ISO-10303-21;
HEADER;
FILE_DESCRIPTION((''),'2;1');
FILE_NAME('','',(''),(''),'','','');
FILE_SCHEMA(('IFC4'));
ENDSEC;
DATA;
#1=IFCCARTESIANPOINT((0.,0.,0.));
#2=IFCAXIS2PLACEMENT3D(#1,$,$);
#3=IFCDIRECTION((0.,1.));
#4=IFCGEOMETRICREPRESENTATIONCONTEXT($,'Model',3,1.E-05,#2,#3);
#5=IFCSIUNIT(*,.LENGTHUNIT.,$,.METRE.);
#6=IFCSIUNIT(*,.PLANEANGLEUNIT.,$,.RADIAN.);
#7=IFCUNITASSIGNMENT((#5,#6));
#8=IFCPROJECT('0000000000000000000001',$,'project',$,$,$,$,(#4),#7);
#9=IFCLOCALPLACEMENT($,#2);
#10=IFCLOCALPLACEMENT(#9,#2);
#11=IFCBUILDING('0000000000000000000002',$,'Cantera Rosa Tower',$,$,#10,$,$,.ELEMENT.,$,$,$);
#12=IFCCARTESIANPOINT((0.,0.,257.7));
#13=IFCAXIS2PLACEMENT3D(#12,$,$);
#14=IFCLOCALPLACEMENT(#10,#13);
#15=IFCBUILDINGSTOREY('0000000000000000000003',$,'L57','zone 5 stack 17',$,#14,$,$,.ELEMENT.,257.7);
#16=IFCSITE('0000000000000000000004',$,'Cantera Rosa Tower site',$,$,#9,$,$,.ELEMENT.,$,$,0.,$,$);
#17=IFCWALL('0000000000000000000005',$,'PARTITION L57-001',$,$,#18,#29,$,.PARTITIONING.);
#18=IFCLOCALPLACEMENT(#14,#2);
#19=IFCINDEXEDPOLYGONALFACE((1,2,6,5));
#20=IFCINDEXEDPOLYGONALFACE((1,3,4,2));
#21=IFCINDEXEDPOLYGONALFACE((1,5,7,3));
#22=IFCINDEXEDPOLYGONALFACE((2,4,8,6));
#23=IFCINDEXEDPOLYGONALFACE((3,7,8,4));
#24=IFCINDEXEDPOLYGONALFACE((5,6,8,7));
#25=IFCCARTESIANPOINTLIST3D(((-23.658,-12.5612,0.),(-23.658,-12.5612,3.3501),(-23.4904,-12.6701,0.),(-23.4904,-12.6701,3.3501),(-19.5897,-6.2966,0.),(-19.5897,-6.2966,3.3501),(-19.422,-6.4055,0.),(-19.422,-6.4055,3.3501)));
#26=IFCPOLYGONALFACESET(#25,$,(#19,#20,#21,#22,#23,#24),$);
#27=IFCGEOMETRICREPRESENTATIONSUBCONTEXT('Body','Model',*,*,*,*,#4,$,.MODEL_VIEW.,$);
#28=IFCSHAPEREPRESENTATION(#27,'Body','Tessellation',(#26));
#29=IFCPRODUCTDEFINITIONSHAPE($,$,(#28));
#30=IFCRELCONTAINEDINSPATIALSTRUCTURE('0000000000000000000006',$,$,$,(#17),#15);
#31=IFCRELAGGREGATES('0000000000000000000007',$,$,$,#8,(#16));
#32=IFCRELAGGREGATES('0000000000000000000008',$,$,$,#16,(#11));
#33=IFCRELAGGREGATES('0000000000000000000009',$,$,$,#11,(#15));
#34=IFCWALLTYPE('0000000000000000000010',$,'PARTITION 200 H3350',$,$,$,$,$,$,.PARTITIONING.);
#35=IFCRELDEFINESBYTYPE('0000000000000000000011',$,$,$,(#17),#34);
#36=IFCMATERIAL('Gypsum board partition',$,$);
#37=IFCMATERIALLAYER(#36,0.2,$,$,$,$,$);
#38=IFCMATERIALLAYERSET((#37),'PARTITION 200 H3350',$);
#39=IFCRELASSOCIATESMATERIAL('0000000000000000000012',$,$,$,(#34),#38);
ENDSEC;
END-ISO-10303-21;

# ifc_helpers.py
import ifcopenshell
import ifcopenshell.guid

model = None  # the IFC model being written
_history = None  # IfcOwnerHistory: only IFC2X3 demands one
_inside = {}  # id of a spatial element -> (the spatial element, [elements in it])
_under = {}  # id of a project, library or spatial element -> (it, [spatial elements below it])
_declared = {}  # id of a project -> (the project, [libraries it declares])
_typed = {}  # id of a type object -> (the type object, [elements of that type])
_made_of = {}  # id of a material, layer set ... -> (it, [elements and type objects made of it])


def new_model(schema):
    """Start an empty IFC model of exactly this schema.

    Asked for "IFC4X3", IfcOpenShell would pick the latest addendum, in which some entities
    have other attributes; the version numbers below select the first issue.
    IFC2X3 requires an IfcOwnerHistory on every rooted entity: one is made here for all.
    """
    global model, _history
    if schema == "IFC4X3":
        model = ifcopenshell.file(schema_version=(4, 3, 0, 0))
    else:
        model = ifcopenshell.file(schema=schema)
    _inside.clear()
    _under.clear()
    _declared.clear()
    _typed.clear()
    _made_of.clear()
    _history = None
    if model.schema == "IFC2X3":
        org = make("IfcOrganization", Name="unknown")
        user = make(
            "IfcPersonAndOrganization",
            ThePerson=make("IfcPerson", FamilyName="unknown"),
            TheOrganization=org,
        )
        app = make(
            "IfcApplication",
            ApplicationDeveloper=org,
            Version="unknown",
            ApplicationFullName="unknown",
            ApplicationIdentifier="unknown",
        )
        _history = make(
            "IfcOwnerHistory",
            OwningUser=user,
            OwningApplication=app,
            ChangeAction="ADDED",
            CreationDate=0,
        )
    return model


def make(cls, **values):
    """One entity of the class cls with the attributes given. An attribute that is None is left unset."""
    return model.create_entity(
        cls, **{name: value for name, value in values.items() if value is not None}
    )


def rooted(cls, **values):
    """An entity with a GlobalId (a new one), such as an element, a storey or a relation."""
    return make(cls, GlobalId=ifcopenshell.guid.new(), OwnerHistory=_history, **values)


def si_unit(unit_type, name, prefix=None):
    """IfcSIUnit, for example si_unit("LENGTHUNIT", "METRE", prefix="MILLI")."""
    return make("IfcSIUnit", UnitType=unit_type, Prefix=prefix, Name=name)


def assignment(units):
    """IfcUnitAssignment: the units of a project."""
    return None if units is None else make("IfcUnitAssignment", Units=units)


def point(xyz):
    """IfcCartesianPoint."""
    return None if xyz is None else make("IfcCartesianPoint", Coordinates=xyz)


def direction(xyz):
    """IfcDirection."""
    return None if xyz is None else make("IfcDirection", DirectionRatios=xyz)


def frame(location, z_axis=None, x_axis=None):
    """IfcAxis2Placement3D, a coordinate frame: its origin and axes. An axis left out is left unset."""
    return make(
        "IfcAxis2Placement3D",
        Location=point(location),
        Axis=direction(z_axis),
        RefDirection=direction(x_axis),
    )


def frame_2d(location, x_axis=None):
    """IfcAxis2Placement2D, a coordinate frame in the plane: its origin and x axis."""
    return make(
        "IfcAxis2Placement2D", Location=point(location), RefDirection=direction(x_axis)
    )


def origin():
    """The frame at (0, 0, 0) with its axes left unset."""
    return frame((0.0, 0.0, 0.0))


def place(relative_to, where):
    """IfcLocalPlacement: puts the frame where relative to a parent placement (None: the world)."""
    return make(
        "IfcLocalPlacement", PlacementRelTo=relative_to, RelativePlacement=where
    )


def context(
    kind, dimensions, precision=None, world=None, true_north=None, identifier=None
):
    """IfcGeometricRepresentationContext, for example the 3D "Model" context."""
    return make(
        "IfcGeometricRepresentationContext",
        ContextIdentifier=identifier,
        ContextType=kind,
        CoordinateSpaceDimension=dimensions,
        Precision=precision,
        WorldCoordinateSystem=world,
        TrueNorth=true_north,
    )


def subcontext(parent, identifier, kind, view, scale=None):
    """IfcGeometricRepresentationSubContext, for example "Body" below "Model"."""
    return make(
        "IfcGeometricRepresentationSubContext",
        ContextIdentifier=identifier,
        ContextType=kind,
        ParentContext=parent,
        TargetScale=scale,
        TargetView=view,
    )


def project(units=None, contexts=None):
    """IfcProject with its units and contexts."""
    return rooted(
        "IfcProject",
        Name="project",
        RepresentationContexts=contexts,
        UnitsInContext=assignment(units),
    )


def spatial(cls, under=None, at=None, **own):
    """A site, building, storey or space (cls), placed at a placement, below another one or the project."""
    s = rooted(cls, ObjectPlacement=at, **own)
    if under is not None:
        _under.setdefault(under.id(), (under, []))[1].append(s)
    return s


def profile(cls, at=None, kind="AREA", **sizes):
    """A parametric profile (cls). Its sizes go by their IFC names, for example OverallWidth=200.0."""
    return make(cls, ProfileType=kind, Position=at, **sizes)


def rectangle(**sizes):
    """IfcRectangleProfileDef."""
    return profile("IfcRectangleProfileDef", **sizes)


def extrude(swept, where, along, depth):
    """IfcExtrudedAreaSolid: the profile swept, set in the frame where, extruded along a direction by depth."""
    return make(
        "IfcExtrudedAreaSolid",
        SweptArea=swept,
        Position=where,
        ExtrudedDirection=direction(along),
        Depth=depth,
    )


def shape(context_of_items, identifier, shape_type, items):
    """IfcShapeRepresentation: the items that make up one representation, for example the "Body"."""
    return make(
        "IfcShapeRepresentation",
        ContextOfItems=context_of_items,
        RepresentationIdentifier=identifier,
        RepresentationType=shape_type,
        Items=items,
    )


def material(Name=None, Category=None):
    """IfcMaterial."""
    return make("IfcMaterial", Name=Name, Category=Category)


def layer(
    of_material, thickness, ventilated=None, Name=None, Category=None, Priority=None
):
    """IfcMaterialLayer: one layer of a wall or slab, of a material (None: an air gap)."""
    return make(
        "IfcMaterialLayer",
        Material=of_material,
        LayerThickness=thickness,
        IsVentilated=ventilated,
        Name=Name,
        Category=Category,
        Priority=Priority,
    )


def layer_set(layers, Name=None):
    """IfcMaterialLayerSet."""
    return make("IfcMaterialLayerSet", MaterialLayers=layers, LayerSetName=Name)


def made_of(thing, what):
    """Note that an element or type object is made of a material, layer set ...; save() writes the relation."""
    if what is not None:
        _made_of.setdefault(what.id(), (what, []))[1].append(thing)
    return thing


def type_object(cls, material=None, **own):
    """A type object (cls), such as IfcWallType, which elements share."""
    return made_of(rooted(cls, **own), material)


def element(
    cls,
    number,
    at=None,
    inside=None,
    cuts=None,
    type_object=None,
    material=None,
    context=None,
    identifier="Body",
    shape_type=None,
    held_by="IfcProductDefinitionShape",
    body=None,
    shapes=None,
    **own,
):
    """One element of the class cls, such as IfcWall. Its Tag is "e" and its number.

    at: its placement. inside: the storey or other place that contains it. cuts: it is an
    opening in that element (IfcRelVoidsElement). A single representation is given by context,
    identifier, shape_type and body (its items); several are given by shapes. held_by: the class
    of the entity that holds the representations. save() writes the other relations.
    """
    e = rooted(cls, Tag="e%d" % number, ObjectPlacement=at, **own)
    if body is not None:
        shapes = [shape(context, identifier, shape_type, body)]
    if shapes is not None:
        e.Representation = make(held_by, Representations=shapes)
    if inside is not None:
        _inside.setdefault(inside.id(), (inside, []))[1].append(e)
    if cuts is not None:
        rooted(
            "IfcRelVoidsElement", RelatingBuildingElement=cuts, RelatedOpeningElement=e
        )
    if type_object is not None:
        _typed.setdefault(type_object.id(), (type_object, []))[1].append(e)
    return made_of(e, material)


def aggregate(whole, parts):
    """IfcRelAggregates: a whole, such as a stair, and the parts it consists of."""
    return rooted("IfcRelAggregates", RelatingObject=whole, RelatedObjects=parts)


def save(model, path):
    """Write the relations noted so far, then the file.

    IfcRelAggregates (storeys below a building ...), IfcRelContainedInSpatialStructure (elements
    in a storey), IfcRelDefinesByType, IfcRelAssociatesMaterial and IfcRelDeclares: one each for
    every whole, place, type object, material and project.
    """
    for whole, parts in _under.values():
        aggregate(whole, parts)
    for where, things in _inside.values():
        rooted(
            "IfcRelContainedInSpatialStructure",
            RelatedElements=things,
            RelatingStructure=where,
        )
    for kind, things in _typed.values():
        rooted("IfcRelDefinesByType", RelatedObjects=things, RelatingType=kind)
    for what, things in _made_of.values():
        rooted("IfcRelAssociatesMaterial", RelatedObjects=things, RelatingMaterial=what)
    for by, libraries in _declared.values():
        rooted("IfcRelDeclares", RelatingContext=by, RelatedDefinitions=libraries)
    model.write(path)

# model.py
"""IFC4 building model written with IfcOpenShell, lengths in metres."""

from ifc_helpers import new_model, si_unit, direction, frame, frame_2d, origin, place, context, subcontext, project, spatial, rectangle, extrude, material, layer, layer_set, type_object, element, save


model = new_model("IFC4")

# Units and contexts
model_context = context("Model", 3, precision=1e-05, world=origin(), true_north=direction((0.0, 1.0)))
body_context = subcontext(model_context, "Body", "Model", "MODEL_VIEW")
ifc_project = project(units=[si_unit("LENGTHUNIT", "METRE"), si_unit("PLANEANGLEUNIT", "RADIAN")], contexts=[model_context])

# Site, building, storey
site_placement = place(None, origin())
site = spatial("IfcSite", under=ifc_project, at=site_placement, Name="Cantera Rosa Tower site", CompositionType="ELEMENT", RefElevation=0.0)
building_placement = place(site_placement, origin())
building = spatial("IfcBuilding", under=site, at=building_placement, Name="Cantera Rosa Tower", CompositionType="ELEMENT")
storey_placement = place(building_placement, frame((0.0, 0.0, 257.7)))
storey = spatial("IfcBuildingStorey", under=building, at=storey_placement, Name="L57", Description="zone 5 stack 17", CompositionType="ELEMENT", Elevation=257.7)

# Wall
ifc_material_1 = material(Name="Gypsum board partition")
ifc_layer_1 = layer(ifc_material_1, 0.2)
ifc_layer_set_1 = layer_set([ifc_layer_1], Name="PARTITION 200 H3350")
wall_type_1 = type_object("IfcWallType", Name="PARTITION 200 H3350", PredefinedType="PARTITIONING", material=ifc_layer_set_1)
wall_1_placement = place(storey_placement, frame((-19.5059, -6.3511, 0.0), z_axis=(0.0, 0.0, 1.0), x_axis=(-0.544644, -0.838668, 0.0)))
element("IfcWall", 1, at=wall_1_placement, inside=storey, type_object=wall_type_1, Name="PARTITION L57-001", PredefinedType="PARTITIONING", context=body_context, shape_type="SweptSolid", body=[
    extrude(rectangle(XDim=7.4697, YDim=0.2, at=frame_2d((3.7349, 0.0))), origin(), (0.0, 0.0, 1.0), 3.3501),
])

save(model, "model.ifc")
